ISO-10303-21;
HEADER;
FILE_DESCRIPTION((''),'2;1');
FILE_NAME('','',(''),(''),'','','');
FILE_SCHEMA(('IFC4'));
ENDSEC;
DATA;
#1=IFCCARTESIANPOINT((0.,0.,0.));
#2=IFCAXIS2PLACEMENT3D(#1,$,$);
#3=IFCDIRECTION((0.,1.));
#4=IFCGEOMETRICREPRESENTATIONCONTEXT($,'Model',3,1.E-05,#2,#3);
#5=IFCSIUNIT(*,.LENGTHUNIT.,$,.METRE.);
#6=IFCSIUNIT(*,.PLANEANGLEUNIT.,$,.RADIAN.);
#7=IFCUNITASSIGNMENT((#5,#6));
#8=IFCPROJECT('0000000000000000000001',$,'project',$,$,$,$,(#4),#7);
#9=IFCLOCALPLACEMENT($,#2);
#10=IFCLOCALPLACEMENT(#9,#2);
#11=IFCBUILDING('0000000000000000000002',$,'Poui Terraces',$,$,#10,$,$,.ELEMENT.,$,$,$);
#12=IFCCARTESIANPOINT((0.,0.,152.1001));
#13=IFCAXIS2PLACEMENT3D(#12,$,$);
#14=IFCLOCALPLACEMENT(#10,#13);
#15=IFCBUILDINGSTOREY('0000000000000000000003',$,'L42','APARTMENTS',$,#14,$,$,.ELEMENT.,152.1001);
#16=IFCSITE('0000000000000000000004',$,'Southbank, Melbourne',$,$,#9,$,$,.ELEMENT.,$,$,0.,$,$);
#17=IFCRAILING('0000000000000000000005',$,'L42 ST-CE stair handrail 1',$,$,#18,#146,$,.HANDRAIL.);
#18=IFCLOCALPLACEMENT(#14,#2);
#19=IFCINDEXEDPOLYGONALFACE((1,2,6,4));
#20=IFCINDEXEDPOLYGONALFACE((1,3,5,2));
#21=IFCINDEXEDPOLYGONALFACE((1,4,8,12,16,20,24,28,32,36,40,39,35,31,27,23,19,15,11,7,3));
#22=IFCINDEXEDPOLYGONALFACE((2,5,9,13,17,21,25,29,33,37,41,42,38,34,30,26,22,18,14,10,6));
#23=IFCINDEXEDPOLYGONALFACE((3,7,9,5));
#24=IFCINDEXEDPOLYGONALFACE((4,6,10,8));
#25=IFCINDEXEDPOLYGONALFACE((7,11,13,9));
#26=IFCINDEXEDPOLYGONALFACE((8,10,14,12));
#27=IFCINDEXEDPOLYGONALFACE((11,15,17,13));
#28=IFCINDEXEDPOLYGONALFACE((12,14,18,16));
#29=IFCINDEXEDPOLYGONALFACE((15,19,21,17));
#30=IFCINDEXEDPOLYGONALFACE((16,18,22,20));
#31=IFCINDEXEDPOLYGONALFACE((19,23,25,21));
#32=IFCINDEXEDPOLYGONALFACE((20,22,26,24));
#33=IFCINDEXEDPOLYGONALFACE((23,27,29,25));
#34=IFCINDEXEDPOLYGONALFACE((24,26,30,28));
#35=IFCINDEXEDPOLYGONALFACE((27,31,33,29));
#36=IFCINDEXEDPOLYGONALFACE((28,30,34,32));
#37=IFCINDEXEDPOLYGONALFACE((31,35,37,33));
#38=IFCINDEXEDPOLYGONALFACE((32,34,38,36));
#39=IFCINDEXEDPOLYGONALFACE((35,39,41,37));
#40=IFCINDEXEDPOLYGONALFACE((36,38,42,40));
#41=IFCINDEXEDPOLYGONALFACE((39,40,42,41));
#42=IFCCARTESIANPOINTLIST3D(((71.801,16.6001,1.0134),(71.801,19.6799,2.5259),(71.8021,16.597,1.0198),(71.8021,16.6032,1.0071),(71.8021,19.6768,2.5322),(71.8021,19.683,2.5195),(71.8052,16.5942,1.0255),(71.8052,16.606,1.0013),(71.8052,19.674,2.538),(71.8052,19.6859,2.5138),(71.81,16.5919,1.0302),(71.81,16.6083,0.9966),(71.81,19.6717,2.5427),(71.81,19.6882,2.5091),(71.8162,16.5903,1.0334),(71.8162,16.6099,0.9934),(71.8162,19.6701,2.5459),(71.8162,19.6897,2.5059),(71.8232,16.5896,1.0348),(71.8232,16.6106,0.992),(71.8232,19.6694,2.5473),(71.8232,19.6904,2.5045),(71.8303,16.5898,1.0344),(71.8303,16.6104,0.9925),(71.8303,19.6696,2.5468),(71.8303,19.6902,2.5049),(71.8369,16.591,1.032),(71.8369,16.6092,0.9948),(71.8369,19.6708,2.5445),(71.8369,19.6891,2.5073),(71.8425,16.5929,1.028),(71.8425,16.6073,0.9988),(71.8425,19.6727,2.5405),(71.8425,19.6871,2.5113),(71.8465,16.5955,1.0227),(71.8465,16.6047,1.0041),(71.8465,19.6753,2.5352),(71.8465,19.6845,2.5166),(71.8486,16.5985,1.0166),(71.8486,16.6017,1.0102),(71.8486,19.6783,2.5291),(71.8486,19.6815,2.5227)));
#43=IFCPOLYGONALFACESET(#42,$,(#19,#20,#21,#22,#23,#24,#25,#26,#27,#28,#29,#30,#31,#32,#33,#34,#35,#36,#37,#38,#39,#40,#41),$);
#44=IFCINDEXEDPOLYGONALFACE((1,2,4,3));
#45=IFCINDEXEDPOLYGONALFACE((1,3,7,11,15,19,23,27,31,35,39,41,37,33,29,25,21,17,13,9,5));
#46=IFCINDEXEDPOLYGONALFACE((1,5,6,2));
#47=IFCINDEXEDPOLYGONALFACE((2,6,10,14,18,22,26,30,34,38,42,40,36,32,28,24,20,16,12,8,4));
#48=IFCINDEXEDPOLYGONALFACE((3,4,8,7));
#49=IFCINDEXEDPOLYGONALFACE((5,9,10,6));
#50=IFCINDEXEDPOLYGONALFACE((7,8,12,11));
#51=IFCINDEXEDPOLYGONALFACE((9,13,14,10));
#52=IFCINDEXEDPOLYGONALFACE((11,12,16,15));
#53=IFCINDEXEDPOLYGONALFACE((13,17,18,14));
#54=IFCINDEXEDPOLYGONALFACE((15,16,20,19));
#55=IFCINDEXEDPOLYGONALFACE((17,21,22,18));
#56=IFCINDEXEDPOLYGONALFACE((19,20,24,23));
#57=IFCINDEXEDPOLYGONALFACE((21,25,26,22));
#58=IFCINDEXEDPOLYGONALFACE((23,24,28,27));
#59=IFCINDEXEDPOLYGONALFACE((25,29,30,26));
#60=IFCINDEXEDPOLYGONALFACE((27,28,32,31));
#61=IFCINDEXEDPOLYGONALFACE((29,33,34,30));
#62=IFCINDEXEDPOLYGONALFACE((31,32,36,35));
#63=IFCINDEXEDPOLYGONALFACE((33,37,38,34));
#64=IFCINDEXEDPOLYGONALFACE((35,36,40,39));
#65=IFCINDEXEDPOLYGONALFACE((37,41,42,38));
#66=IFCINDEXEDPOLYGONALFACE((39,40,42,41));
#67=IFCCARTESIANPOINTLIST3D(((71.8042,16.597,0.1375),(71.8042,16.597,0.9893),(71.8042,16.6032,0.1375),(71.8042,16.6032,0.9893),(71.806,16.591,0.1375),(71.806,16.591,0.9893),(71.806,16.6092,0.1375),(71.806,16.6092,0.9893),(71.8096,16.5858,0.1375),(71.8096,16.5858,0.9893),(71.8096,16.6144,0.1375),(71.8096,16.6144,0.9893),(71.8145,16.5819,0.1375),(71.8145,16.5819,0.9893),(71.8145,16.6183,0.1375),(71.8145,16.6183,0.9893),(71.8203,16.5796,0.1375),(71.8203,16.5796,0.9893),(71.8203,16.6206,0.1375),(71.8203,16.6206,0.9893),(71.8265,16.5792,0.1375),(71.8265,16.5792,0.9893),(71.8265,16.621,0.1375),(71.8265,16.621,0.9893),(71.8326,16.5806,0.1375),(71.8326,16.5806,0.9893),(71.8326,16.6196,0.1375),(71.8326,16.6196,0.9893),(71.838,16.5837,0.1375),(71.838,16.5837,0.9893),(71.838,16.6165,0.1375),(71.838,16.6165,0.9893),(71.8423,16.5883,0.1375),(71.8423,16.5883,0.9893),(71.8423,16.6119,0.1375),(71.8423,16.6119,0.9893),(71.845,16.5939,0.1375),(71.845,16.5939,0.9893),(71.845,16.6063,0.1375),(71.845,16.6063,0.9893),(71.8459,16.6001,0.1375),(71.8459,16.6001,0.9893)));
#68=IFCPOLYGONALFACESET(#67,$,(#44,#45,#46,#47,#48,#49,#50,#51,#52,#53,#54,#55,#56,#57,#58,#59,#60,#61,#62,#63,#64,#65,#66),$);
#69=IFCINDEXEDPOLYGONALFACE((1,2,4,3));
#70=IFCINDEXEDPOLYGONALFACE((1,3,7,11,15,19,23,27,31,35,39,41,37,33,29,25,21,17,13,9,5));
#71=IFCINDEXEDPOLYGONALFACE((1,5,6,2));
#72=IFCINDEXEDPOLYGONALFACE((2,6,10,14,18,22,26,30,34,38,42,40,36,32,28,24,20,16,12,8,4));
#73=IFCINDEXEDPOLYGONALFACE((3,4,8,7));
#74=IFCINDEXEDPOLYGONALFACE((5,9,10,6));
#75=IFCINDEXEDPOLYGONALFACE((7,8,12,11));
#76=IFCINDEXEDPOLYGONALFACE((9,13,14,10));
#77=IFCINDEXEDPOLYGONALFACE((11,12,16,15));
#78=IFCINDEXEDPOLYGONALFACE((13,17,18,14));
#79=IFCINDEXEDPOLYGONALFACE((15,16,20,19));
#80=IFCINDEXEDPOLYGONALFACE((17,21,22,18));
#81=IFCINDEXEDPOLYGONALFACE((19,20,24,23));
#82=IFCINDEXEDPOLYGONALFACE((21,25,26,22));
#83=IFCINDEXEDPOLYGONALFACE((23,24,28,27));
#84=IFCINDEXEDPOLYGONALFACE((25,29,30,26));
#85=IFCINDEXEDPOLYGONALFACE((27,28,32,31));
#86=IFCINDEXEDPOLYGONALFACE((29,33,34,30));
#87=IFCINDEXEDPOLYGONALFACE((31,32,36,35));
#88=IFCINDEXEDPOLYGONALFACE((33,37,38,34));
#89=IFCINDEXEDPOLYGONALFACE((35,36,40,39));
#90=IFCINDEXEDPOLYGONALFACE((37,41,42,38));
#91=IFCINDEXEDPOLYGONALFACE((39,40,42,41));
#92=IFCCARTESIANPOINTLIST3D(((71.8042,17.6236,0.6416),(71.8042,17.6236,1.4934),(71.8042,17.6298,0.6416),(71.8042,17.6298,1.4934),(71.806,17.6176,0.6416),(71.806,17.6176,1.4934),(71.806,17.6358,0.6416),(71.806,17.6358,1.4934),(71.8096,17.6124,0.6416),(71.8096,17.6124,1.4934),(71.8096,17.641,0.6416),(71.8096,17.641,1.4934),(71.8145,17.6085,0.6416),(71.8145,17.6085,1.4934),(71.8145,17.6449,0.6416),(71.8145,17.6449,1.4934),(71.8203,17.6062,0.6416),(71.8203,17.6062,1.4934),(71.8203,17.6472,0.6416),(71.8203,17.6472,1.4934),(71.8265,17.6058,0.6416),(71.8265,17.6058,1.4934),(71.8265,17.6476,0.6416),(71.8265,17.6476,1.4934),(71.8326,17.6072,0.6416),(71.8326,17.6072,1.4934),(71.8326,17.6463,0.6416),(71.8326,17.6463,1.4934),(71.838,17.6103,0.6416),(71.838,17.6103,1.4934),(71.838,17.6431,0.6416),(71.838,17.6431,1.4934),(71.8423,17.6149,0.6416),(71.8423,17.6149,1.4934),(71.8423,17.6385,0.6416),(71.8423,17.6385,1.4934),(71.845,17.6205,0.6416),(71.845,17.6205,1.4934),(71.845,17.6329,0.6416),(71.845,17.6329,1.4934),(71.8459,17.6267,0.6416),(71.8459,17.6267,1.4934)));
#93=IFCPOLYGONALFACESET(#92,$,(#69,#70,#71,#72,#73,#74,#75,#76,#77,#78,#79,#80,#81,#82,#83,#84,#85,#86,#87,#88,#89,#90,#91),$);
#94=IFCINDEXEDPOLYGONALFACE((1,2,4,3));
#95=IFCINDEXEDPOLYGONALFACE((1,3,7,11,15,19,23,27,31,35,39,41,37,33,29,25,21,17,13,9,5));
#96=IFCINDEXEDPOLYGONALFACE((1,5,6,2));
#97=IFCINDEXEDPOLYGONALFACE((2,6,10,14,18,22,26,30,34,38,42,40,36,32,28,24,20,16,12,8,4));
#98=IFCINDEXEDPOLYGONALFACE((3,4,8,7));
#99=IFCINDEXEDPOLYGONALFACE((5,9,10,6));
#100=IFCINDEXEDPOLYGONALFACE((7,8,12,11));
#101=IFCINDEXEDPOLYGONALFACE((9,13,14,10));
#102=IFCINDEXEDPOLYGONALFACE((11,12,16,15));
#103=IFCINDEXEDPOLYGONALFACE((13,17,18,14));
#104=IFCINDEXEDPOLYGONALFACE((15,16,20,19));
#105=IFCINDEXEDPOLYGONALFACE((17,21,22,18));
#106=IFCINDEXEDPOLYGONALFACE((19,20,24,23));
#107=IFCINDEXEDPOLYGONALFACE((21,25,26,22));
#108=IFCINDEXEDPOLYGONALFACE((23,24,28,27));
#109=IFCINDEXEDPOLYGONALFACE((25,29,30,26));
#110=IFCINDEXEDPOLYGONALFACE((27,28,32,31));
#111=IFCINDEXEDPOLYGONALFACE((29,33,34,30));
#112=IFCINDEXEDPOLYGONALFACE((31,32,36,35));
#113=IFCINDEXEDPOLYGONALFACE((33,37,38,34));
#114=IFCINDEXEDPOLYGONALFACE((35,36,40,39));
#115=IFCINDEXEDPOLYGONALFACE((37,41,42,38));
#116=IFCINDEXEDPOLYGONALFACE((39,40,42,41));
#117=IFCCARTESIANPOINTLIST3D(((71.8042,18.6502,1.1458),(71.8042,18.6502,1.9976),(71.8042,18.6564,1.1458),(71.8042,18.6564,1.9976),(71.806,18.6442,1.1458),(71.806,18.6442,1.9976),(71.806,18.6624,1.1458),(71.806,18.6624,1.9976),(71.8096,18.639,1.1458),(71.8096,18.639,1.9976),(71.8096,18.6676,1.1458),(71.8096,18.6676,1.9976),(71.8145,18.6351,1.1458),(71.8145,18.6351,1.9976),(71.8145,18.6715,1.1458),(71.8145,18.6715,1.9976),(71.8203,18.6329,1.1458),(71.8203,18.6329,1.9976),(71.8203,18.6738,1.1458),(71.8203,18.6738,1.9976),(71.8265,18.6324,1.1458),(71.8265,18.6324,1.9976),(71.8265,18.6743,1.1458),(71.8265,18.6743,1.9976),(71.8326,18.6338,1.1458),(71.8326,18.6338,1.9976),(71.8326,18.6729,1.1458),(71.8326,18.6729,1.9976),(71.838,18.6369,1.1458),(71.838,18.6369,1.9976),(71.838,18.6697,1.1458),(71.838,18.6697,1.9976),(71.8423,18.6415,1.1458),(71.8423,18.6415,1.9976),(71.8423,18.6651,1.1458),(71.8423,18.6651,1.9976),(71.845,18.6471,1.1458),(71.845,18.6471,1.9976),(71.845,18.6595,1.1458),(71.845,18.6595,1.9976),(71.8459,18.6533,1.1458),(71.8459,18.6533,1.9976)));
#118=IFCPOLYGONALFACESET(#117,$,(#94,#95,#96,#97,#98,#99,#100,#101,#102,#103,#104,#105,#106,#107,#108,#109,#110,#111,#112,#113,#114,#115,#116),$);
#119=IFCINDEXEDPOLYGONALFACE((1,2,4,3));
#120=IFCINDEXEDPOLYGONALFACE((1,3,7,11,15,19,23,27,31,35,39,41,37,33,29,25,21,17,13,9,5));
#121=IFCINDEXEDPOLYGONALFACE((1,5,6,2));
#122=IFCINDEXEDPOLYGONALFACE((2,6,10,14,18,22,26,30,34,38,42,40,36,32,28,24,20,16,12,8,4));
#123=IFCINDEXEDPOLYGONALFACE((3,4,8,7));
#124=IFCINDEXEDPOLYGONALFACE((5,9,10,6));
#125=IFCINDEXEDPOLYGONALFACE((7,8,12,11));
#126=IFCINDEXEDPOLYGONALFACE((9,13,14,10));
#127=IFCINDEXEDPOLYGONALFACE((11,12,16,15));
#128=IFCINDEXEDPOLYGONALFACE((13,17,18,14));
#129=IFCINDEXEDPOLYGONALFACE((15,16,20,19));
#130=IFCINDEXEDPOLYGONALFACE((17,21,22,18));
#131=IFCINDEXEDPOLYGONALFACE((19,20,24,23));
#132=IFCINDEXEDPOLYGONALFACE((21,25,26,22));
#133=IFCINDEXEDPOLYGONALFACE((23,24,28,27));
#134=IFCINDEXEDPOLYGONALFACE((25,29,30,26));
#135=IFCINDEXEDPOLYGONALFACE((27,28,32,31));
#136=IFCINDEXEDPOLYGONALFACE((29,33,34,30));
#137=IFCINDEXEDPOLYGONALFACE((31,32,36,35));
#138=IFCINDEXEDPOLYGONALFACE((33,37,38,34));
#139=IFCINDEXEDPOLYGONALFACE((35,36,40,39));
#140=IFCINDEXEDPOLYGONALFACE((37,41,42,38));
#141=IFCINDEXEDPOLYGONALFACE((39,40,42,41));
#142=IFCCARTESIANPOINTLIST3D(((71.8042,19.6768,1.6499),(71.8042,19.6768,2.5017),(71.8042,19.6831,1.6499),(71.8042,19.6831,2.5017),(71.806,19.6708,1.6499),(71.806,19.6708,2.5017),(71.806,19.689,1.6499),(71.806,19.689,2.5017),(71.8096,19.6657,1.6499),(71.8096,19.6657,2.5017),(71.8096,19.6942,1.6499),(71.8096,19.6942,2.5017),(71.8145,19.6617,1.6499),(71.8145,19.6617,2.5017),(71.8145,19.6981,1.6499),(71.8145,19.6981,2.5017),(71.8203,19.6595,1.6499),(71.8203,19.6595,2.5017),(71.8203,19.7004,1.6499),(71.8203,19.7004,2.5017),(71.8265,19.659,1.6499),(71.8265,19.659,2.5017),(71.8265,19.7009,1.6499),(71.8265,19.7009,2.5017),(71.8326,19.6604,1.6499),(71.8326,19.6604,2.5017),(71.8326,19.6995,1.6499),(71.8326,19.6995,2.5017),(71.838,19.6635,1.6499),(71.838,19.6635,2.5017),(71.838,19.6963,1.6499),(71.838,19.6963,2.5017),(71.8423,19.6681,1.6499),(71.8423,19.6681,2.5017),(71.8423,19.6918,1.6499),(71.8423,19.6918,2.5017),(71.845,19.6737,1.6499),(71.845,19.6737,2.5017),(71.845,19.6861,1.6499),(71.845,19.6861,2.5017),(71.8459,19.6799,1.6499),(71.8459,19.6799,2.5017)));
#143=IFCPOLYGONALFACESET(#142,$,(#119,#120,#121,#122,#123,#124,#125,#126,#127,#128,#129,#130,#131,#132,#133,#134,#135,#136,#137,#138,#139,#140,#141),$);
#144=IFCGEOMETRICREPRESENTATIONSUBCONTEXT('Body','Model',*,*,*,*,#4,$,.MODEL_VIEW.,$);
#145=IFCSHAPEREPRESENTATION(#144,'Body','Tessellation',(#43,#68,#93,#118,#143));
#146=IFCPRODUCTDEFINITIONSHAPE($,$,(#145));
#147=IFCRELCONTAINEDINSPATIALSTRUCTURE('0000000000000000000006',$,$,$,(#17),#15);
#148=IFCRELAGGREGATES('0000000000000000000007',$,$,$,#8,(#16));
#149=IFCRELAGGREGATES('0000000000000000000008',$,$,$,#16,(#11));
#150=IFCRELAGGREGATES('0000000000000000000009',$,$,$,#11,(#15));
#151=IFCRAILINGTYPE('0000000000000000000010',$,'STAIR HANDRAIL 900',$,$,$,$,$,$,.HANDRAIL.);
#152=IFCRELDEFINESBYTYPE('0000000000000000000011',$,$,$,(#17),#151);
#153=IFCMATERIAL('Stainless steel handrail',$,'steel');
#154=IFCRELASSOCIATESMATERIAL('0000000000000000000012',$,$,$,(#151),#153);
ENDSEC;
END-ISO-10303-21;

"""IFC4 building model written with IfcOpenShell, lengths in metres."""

from ifc_helpers import new_model, si_unit, direction, frame, origin, origin_2d, place, context, subcontext, project, spatial, circle, extrude, material, type_object, element, save


model = new_model("IFC4")

# Units and contexts
model_context = context("Model", 3, precision=1e-05, world=origin(), true_north=direction((0.0, 1.0)))
body_context = subcontext(model_context, "Body", "Model", "MODEL_VIEW")
ifc_project = project(units=[si_unit("LENGTHUNIT", "METRE"), si_unit("PLANEANGLEUNIT", "RADIAN")], contexts=[model_context])

# Site, building, storey
site_placement = place(None, origin())
site = spatial("IfcSite", under=ifc_project, at=site_placement, Name="Southbank, Melbourne", CompositionType="ELEMENT", RefElevation=0.0)
building_placement = place(site_placement, origin())
building = spatial("IfcBuilding", under=site, at=building_placement, Name="Poui Terraces", CompositionType="ELEMENT")
storey_placement = place(building_placement, frame((0.0, 0.0, 152.1001)))
storey = spatial("IfcBuildingStorey", under=building, at=storey_placement, Name="L42", Description="APARTMENTS", CompositionType="ELEMENT", Elevation=152.1001)

# Railing
ifc_material_1 = material(Name="Stainless steel handrail", Category="steel")
railing_type_1 = type_object("IfcRailingType", Name="STAIR HANDRAIL 900", PredefinedType="HANDRAIL", material=ifc_material_1)
railing_1_placement = place(storey_placement, frame((71.825, 16.6001, 0.1375)))
element("IfcRailing", 1, at=railing_1_placement, inside=storey, type_object=railing_type_1, Name="L42 ST-CE stair handrail 1", PredefinedType="HANDRAIL", context=body_context, shape_type="SweptSolid", body=[
    extrude(circle(Radius=0.0239, at=origin_2d()), frame((0.0, 0.0, 0.876), z_axis=(0.0, 0.897606, 0.440798), x_axis=(-1.0, 0.0, 0.0)), (0.0, 0.0, 1.0), 3.4312),
    extrude(circle(Radius=0.021, at=origin_2d()), origin(), (0.0, 0.0, 1.0), 0.8518),
    extrude(circle(Radius=0.021, at=origin_2d()), frame((0.0, 1.0266, 0.5042)), (0.0, 0.0, 1.0), 0.8518),
    extrude(circle(Radius=0.021, at=origin_2d()), frame((0.0, 2.0532, 1.0083)), (0.0, 0.0, 1.0), 0.8518),
    extrude(circle(Radius=0.021, at=origin_2d()), frame((0.0, 3.0798, 1.5125)), (0.0, 0.0, 1.0), 0.8518),
])

save(model, "model.ifc")
